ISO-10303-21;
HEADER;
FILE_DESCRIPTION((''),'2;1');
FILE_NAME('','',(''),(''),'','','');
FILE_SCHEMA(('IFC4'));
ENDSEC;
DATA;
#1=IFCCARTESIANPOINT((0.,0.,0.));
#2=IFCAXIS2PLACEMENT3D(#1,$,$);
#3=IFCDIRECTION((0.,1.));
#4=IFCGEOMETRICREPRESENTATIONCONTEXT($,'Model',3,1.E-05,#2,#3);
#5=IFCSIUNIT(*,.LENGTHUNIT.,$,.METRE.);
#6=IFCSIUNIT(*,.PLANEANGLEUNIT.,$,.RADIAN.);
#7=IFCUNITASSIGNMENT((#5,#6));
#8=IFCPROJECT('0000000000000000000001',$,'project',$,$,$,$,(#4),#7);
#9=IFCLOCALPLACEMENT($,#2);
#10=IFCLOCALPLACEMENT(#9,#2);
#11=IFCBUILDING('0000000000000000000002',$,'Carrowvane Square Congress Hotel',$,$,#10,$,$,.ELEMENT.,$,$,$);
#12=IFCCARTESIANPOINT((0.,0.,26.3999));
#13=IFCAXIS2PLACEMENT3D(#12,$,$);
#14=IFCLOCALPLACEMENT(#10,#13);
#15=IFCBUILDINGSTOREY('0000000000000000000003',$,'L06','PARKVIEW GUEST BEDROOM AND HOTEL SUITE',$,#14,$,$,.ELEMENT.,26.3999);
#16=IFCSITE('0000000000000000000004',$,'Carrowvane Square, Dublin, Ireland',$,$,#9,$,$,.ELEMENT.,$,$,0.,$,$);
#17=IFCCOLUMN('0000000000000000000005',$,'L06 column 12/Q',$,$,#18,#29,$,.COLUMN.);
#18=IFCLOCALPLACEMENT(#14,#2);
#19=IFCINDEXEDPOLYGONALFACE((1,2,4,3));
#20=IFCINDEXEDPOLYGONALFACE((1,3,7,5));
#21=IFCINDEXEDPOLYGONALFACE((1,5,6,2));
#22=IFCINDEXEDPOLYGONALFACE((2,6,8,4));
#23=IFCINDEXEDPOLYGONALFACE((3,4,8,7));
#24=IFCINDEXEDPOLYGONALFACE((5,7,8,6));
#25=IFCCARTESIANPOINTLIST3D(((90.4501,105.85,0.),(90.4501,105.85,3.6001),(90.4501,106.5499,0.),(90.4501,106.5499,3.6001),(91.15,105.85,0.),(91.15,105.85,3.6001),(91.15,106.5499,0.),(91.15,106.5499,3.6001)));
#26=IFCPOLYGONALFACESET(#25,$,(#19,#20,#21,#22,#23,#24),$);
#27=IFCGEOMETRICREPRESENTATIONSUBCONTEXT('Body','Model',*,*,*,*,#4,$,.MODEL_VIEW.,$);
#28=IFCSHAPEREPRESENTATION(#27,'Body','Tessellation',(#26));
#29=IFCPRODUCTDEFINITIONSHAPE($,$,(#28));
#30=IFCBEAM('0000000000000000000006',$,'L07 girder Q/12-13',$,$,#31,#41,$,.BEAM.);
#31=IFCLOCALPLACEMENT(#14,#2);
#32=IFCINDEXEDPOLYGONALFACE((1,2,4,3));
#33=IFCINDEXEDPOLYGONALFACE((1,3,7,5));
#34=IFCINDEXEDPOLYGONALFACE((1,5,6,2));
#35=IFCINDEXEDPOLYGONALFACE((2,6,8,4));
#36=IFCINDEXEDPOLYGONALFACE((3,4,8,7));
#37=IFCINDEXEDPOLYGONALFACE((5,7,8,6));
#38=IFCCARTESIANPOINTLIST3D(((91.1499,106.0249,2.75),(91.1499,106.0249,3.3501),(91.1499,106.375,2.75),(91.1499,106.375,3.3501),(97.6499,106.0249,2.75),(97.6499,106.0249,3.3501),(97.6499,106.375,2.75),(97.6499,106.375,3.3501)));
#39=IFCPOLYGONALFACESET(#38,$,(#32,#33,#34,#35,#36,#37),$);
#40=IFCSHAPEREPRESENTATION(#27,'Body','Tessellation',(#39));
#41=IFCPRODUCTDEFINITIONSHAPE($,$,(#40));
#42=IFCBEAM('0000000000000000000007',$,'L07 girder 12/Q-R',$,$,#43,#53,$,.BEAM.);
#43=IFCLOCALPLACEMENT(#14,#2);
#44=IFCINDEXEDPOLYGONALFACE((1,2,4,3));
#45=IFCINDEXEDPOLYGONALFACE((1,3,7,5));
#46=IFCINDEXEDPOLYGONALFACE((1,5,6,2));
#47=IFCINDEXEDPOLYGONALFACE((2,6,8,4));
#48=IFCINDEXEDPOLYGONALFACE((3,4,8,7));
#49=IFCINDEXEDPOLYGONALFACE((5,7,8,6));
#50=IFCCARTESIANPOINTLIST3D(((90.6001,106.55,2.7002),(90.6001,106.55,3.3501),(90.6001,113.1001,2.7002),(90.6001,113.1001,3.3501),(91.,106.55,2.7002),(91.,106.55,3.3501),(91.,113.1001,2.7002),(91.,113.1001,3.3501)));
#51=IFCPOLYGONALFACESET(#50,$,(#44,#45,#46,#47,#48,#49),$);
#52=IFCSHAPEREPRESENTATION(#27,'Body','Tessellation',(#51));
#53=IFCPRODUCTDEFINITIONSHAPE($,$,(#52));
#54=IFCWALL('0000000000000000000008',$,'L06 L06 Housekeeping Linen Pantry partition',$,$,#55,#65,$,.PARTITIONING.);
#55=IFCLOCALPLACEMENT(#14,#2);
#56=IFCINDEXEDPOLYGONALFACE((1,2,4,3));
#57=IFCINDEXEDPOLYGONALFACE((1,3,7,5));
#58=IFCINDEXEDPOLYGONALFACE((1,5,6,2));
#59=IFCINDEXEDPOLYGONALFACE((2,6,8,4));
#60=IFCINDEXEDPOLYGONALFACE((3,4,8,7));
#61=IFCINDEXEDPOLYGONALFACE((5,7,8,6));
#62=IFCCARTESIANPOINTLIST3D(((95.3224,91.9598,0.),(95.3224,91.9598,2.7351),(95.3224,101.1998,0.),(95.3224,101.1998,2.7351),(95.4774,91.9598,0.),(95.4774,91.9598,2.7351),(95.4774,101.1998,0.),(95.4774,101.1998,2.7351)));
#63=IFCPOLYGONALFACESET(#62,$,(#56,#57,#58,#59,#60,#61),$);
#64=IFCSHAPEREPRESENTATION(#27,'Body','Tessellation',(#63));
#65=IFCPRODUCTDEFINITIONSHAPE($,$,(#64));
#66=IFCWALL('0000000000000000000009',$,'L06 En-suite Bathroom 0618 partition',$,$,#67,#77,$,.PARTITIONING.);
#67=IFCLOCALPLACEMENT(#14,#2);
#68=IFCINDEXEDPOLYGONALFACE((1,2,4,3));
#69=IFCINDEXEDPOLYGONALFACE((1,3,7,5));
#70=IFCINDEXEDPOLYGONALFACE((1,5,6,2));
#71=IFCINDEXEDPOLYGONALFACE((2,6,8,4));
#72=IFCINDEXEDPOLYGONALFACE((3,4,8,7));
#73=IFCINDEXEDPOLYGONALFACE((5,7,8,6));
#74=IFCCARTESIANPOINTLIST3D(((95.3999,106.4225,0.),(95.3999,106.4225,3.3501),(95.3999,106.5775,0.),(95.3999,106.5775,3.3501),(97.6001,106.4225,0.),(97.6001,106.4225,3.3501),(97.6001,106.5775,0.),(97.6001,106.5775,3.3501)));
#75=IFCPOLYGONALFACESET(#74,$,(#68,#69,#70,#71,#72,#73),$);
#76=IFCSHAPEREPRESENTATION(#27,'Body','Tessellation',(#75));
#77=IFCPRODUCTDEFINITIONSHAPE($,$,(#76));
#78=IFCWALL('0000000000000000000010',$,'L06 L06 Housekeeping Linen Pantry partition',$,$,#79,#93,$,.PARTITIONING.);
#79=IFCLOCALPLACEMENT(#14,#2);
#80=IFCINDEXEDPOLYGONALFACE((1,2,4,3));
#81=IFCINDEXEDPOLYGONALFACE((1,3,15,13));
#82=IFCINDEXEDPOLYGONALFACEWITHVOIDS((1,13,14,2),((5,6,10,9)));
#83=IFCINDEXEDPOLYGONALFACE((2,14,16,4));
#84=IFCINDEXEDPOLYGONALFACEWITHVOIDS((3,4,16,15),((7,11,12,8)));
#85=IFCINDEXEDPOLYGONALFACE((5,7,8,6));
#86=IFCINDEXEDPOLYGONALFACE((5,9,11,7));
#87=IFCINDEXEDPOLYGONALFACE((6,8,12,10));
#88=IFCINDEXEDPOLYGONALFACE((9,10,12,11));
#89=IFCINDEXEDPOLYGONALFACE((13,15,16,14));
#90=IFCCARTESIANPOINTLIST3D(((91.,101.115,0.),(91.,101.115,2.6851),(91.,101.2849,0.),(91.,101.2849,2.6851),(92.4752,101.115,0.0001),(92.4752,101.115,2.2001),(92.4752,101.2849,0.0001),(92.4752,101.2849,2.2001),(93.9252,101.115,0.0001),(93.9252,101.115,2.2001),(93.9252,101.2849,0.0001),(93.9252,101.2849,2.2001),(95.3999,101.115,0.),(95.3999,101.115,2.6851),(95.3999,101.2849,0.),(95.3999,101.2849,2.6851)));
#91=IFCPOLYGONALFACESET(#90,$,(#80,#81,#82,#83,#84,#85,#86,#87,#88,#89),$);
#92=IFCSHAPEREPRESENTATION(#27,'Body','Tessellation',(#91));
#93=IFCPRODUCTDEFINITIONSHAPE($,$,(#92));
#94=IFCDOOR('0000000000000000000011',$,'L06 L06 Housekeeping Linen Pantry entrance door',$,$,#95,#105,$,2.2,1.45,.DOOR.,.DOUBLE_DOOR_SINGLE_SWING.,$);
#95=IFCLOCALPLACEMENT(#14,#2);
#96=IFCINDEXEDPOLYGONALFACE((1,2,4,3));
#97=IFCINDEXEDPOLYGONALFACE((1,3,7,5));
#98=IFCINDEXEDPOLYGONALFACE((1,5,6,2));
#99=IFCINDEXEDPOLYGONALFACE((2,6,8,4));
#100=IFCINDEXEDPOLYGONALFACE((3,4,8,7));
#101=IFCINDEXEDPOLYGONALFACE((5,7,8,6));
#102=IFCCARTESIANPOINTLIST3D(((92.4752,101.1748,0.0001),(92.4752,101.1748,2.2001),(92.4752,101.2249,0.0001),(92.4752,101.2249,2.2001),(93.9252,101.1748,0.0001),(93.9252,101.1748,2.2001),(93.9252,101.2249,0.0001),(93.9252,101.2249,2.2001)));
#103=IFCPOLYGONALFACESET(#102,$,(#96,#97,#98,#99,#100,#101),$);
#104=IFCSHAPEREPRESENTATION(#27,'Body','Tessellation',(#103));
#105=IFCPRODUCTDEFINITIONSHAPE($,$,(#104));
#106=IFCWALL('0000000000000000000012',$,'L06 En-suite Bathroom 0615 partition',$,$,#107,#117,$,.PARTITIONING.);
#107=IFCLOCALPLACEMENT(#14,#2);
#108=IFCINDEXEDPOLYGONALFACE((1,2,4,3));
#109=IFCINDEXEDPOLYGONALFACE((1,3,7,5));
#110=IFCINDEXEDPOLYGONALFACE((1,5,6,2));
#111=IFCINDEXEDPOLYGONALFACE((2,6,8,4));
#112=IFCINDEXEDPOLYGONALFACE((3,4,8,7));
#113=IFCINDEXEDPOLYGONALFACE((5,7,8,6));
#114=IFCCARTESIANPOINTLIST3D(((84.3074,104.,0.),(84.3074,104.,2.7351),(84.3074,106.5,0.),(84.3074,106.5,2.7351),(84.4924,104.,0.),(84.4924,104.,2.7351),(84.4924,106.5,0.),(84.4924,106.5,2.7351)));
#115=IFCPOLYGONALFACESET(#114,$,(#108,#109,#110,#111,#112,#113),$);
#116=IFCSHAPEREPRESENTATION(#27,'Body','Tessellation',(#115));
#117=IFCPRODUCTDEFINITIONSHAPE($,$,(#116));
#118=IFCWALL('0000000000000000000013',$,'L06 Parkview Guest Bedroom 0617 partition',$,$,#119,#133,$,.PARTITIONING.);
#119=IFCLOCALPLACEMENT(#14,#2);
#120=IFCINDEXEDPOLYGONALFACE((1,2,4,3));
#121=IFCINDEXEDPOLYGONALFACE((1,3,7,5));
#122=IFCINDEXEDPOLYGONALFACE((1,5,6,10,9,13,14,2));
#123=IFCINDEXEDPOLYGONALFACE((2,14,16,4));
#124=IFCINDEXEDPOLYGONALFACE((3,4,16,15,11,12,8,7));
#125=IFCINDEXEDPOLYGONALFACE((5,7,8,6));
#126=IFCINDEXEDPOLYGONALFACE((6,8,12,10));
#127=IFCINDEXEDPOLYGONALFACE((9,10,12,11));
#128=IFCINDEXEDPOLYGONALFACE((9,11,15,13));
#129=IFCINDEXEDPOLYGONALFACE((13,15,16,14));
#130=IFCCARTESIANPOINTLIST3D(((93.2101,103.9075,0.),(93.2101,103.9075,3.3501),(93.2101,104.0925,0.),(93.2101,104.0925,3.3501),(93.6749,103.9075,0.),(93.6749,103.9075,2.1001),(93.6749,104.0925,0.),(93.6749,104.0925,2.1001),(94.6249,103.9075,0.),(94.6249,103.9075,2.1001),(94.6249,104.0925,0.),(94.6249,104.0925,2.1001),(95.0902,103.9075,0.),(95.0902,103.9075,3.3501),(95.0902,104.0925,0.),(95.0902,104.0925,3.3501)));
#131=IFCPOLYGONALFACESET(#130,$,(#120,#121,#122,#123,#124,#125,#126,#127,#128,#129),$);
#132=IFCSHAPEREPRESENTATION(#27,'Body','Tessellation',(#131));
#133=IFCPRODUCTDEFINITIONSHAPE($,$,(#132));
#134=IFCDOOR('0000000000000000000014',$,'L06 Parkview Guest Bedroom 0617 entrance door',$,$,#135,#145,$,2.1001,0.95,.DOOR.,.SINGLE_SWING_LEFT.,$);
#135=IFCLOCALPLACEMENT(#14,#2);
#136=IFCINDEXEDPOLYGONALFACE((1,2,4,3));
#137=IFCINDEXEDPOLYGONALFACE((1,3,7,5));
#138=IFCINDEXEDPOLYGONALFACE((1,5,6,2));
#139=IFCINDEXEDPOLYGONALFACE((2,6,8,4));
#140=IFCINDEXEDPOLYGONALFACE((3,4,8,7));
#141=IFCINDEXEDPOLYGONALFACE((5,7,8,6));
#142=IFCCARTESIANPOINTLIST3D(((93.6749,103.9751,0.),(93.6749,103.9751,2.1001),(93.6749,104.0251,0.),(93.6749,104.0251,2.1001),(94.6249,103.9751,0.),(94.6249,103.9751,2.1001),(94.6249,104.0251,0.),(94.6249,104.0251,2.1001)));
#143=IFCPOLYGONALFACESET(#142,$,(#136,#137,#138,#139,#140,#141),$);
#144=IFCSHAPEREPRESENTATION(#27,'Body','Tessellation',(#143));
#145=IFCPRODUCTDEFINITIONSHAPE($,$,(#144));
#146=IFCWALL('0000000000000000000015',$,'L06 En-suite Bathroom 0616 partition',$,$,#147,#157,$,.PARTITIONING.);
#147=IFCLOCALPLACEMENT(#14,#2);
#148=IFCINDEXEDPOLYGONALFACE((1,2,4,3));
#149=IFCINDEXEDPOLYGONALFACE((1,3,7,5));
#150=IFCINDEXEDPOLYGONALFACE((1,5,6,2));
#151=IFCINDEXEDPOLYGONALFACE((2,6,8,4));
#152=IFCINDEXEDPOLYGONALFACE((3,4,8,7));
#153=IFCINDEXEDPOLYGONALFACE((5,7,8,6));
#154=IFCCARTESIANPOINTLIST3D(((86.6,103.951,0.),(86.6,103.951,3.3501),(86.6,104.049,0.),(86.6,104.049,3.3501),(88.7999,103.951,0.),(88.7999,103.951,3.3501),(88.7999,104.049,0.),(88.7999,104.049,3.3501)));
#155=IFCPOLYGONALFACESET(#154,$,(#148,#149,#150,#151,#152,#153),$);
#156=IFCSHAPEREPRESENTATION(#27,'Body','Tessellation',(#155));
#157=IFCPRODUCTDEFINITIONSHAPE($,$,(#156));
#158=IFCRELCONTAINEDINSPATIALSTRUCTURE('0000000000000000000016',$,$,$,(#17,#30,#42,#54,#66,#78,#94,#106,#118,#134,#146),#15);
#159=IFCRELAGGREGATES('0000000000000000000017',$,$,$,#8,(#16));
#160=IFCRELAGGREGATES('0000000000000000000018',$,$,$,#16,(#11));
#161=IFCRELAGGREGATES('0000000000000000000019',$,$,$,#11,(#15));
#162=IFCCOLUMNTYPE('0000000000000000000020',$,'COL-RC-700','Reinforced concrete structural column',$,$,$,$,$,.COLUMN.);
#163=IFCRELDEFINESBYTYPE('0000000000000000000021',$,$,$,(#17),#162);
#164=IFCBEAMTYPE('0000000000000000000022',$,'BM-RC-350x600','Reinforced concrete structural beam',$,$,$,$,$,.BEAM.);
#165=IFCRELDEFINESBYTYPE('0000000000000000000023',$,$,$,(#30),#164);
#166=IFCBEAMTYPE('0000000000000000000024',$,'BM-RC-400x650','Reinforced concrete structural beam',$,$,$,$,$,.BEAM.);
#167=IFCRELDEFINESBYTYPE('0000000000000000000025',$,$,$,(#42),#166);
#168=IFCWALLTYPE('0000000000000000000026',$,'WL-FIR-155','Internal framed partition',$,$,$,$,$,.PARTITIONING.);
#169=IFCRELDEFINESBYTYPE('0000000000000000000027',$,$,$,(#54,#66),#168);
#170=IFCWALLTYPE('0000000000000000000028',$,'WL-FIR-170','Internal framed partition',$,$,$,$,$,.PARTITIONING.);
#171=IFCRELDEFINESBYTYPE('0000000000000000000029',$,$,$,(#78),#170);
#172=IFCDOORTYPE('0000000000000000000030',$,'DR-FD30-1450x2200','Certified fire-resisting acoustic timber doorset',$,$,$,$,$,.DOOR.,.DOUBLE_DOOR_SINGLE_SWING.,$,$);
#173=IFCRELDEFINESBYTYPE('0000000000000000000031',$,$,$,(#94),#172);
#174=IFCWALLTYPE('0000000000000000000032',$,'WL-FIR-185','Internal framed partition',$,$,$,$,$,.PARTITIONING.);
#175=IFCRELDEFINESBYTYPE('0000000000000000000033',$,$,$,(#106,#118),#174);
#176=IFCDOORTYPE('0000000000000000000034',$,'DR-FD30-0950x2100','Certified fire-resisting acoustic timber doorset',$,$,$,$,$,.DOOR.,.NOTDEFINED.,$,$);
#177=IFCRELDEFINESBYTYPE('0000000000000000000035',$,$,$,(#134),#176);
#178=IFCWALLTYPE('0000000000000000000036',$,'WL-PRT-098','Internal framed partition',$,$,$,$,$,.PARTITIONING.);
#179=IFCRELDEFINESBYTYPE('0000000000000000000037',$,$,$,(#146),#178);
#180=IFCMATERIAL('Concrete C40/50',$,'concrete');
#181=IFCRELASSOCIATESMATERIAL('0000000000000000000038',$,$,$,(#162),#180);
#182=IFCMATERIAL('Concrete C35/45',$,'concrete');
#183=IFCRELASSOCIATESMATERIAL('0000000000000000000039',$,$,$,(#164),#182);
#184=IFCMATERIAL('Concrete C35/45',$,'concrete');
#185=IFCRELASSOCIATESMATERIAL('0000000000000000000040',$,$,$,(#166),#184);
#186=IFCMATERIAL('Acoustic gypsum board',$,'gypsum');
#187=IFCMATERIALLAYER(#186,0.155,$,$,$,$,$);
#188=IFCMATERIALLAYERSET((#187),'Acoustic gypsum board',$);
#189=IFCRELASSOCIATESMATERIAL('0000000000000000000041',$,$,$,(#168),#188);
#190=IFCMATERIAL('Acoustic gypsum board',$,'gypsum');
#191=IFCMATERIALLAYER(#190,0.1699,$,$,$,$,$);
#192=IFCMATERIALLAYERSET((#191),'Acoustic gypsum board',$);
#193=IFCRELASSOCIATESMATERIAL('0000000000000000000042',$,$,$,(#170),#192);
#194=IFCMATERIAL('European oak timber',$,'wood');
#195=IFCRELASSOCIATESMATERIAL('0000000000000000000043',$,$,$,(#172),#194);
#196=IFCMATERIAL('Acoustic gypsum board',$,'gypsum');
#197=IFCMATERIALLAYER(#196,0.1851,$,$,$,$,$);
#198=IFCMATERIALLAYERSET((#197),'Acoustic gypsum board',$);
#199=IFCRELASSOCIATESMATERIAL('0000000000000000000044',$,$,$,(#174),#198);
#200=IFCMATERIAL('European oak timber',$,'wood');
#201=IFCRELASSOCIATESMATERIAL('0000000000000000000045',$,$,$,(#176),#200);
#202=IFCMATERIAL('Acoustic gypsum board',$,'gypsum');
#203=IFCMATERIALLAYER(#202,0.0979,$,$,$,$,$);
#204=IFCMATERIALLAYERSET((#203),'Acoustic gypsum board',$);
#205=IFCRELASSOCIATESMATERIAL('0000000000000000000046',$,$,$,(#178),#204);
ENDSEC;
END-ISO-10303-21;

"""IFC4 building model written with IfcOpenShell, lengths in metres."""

from ifc_helpers import new_model, si_unit, direction, frame, frame_2d, origin, origin_2d, place, context, subcontext, project, spatial, rectangle, extrude, material, layer, layer_set, material_profile, profile_set, type_object, element, fill, save


model = new_model("IFC4")

# Units and contexts
model_context = context("Model", 3, precision=1e-05, world=origin(), true_north=direction((0.0, 1.0)))
body_context = subcontext(model_context, "Body", "Model", "MODEL_VIEW")
ifc_project = project(units=[si_unit("LENGTHUNIT", "METRE"), si_unit("PLANEANGLEUNIT", "RADIAN")], contexts=[model_context])

# Site, building, storey
site_placement = place(None, origin())
site = spatial("IfcSite", under=ifc_project, at=site_placement, Name="Carrowvane Square, Dublin, Ireland", CompositionType="ELEMENT", RefElevation=0.0)
building_placement = place(site_placement, origin())
building = spatial("IfcBuilding", under=site, at=building_placement, Name="Carrowvane Square Congress Hotel", CompositionType="ELEMENT")
storey_placement = place(building_placement, frame((0.0, 0.0, 26.3999)))
storey = spatial("IfcBuildingStorey", under=building, at=storey_placement, Name="L06", Description="PARKVIEW GUEST BEDROOM AND HOTEL SUITE", CompositionType="ELEMENT", Elevation=26.3999)

# Column
ifc_material_1 = material(Name="Concrete C40/50", Category="concrete")
ifc_material_profile_1 = material_profile(ifc_material_1, rectangle(XDim=0.7, YDim=0.7, at=origin_2d()), Name="RC 700x700")
ifc_profile_set_1 = profile_set([ifc_material_profile_1], Name="Concrete C40/50")
column_type = type_object("IfcColumnType", Name="COL-RC-700", Description="Reinforced concrete structural column", PredefinedType="COLUMN", material=ifc_profile_set_1)
column_placement = place(storey_placement, frame((90.8, 106.2, 0.0), z_axis=(0.0, 0.0, 1.0), x_axis=(1.0, 0.0, 0.0)))
element("IfcColumn", 1, at=column_placement, inside=storey, type_object=column_type, Name="L06 column 12/Q", PredefinedType="COLUMN", context=body_context, shape_type="SweptSolid", body=[
    extrude(rectangle(XDim=0.7, YDim=0.7, at=origin_2d()), origin(), (0.0, 0.0, 1.0), 3.6001),
])

# Beams
ifc_material_2 = material(Name="Concrete C35/45", Category="concrete")
ifc_material_profile_2 = material_profile(ifc_material_2, rectangle(XDim=0.3501, YDim=0.6001, at=origin_2d()), Name="RC 350x600")
ifc_profile_set_2 = profile_set([ifc_material_profile_2], Name="Concrete C35/45")
beam_type_1 = type_object("IfcBeamType", Name="BM-RC-350x600", Description="Reinforced concrete structural beam", PredefinedType="BEAM", material=ifc_profile_set_2)
beam_1_placement = place(storey_placement, frame((91.1499, 106.2, 3.05), z_axis=(1.0, 0.0, 0.0), x_axis=(0.0, 1.0, 0.0)))
element("IfcBeam", 2, at=beam_1_placement, inside=storey, type_object=beam_type_1, Name="L07 girder Q/12-13", PredefinedType="BEAM", context=body_context, shape_type="SweptSolid", body=[
    extrude(rectangle(XDim=0.3501, YDim=0.6001, at=origin_2d()), origin(), (0.0, 0.0, 1.0), 6.5),
])
ifc_material_3 = material(Name="Concrete C35/45", Category="concrete")
ifc_material_profile_3 = material_profile(ifc_material_3, rectangle(XDim=0.3999, YDim=0.6499, at=origin_2d()), Name="RC 400x650")
ifc_profile_set_3 = profile_set([ifc_material_profile_3], Name="Concrete C35/45")
beam_type_2 = type_object("IfcBeamType", Name="BM-RC-400x650", Description="Reinforced concrete structural beam", PredefinedType="BEAM", material=ifc_profile_set_3)
beam_2_placement = place(storey_placement, frame((90.8, 106.55, 3.0251), z_axis=(0.0, 1.0, 0.0), x_axis=(-1.0, 0.0, 0.0)))
element("IfcBeam", 3, at=beam_2_placement, inside=storey, type_object=beam_type_2, Name="L07 girder 12/Q-R", PredefinedType="BEAM", context=body_context, shape_type="SweptSolid", body=[
    extrude(rectangle(XDim=0.3999, YDim=0.6499, at=origin_2d()), origin(), (0.0, 0.0, 1.0), 6.55),
])

# Walls
ifc_material_4 = material(Name="Acoustic gypsum board", Category="gypsum")
ifc_layer_1 = layer(ifc_material_4, 0.155)
ifc_layer_set_1 = layer_set([ifc_layer_1], Name="Acoustic gypsum board")
wall_type_1 = type_object("IfcWallType", Name="WL-FIR-155", Description="Internal framed partition", PredefinedType="PARTITIONING", material=ifc_layer_set_1)
wall_1_placement = place(storey_placement, frame((95.3999, 101.2, 0.0), z_axis=(0.0, 0.0, 1.0), x_axis=(0.0, -1.0, 0.0)))
element("IfcWall", 4, at=wall_1_placement, inside=storey, type_object=wall_type_1, Name="L06 L06 Housekeeping Linen Pantry partition", PredefinedType="PARTITIONING", context=body_context, shape_type="SweptSolid", body=[
    extrude(rectangle(XDim=9.24, YDim=0.155, at=frame_2d((4.6201, 0.0))), origin(), (0.0, 0.0, 1.0), 2.7351),
])
wall_2_placement = place(storey_placement, frame((95.3999, 106.5, 0.0), z_axis=(0.0, 0.0, 1.0), x_axis=(1.0, 0.0, 0.0)))
element("IfcWall", 5, at=wall_2_placement, inside=storey, type_object=wall_type_1, Name="L06 En-suite Bathroom 0618 partition", PredefinedType="PARTITIONING", context=body_context, shape_type="SweptSolid", body=[
    extrude(rectangle(XDim=2.2002, YDim=0.155, at=frame_2d((1.1001, 0.0))), origin(), (0.0, 0.0, 1.0), 3.3501),
])

# Wall, opening, door
ifc_material_5 = material(Name="Acoustic gypsum board", Category="gypsum")
ifc_layer_2 = layer(ifc_material_5, 0.1699)
ifc_layer_set_2 = layer_set([ifc_layer_2], Name="Acoustic gypsum board")
wall_type_2 = type_object("IfcWallType", Name="WL-FIR-170", Description="Internal framed partition", PredefinedType="PARTITIONING", material=ifc_layer_set_2)
wall_3_placement = place(storey_placement, frame((91.0, 101.2, 0.0), z_axis=(0.0, 0.0, 1.0), x_axis=(1.0, 0.0, 0.0)))
wall_3 = element("IfcWall", 6, at=wall_3_placement, inside=storey, type_object=wall_type_2, Name="L06 L06 Housekeeping Linen Pantry partition", PredefinedType="PARTITIONING", context=body_context, shape_type="SweptSolid", body=[
    extrude(rectangle(XDim=4.3999, YDim=0.1699, at=frame_2d((2.2, 0.0))), origin(), (0.0, 0.0, 1.0), 2.6851),
])
opening_1_placement = place(wall_3_placement, frame((1.4751, 0.0, 0.0)))
opening_1 = element("IfcOpeningElement", 7, at=opening_1_placement, cuts=wall_3, PredefinedType="OPENING", context=body_context, shape_type="SweptSolid", body=[
    extrude(rectangle(XDim=1.45, YDim=2.2, at=frame_2d((0.7251, 1.1001))), frame((0.0, 0.095, 0.0), z_axis=(0.0, -1.0, 0.0), x_axis=(1.0, 0.0, 0.0)), (0.0, 0.0, 1.0), 0.1899),
])
ifc_material_6 = material(Name="European oak timber", Category="wood")
door_type_1 = type_object("IfcDoorType", Name="DR-FD30-1450x2200", Description="Certified fire-resisting acoustic timber doorset", OperationType="DOUBLE_DOOR_SINGLE_SWING", PredefinedType="DOOR", material=ifc_material_6)
door_1_placement = place(opening_1_placement, origin())
door_1 = element("IfcDoor", 8, at=door_1_placement, inside=storey, type_object=door_type_1, Name="L06 L06 Housekeeping Linen Pantry entrance door", OperationType="DOUBLE_DOOR_SINGLE_SWING", OverallHeight=2.2, OverallWidth=1.45, PredefinedType="DOOR", context=body_context, shape_type="SweptSolid", body=[
    extrude(rectangle(XDim=1.45, YDim=2.2, at=frame_2d((0.7251, 1.1001))), frame((0.0, 0.0249, 0.0), z_axis=(0.0, -1.0, 0.0), x_axis=(1.0, 0.0, 0.0)), (0.0, 0.0, 1.0), 0.05),
])
fill(opening_1, door_1)

# Wall
ifc_material_7 = material(Name="Acoustic gypsum board", Category="gypsum")
ifc_layer_3 = layer(ifc_material_7, 0.1851)
ifc_layer_set_3 = layer_set([ifc_layer_3], Name="Acoustic gypsum board")
wall_type_3 = type_object("IfcWallType", Name="WL-FIR-185", Description="Internal framed partition", PredefinedType="PARTITIONING", material=ifc_layer_set_3)
wall_4_placement = place(storey_placement, frame((84.3999, 106.5, 0.0), z_axis=(0.0, 0.0, 1.0), x_axis=(0.0, -1.0, 0.0)))
element("IfcWall", 9, at=wall_4_placement, inside=storey, type_object=wall_type_3, Name="L06 En-suite Bathroom 0615 partition", PredefinedType="PARTITIONING", context=body_context, shape_type="SweptSolid", body=[
    extrude(rectangle(XDim=2.5, YDim=0.1851, at=frame_2d((1.25, 0.0))), origin(), (0.0, 0.0, 1.0), 2.7351),
])

# Wall, opening, door
wall_5_placement = place(storey_placement, frame((95.0901, 104.0, 0.0), z_axis=(0.0, 0.0, 1.0), x_axis=(-1.0, 0.0, 0.0)))
wall_5 = element("IfcWall", 10, at=wall_5_placement, inside=storey, type_object=wall_type_3, Name="L06 Parkview Guest Bedroom 0617 partition", PredefinedType="PARTITIONING", context=body_context, shape_type="SweptSolid", body=[
    extrude(rectangle(XDim=1.8801, YDim=0.1851, at=frame_2d((0.9399, 0.0))), origin(), (0.0, 0.0, 1.0), 3.3501),
])
opening_2_placement = place(wall_5_placement, frame((0.4651, 0.0, 0.0)))
opening_2 = element("IfcOpeningElement", 11, at=opening_2_placement, cuts=wall_5, PredefinedType="OPENING", context=body_context, shape_type="SweptSolid", body=[
    extrude(rectangle(XDim=0.95, YDim=2.1001, at=frame_2d((0.4751, 1.05))), frame((0.0, 0.1025, 0.0), z_axis=(0.0, -1.0, 0.0), x_axis=(1.0, 0.0, 0.0)), (0.0, 0.0, 1.0), 0.2051),
])
ifc_material_8 = material(Name="European oak timber", Category="wood")
door_type_2 = type_object("IfcDoorType", Name="DR-FD30-0950x2100", Description="Certified fire-resisting acoustic timber doorset", OperationType="NOTDEFINED", PredefinedType="DOOR", material=ifc_material_8)
door_2_placement = place(opening_2_placement, origin())
door_2 = element("IfcDoor", 12, at=door_2_placement, inside=storey, type_object=door_type_2, Name="L06 Parkview Guest Bedroom 0617 entrance door", OperationType="SINGLE_SWING_LEFT", OverallHeight=2.1001, OverallWidth=0.95, PredefinedType="DOOR", context=body_context, shape_type="SweptSolid", body=[
    extrude(rectangle(XDim=0.95, YDim=2.1001, at=frame_2d((0.4751, 1.05))), frame((0.0, 0.0249, 0.0), z_axis=(0.0, -1.0, 0.0), x_axis=(1.0, 0.0, 0.0)), (0.0, 0.0, 1.0), 0.05),
])
fill(opening_2, door_2)

# Wall
ifc_material_9 = material(Name="Acoustic gypsum board", Category="gypsum")
ifc_layer_4 = layer(ifc_material_9, 0.0979)
ifc_layer_set_4 = layer_set([ifc_layer_4], Name="Acoustic gypsum board")
wall_type_4 = type_object("IfcWallType", Name="WL-PRT-098", Description="Internal framed partition", PredefinedType="PARTITIONING", material=ifc_layer_set_4)
wall_6_placement = place(storey_placement, frame((88.8, 104.0, 0.0), z_axis=(0.0, 0.0, 1.0), x_axis=(-1.0, 0.0, 0.0)))
element("IfcWall", 13, at=wall_6_placement, inside=storey, type_object=wall_type_4, Name="L06 En-suite Bathroom 0616 partition", PredefinedType="PARTITIONING", context=body_context, shape_type="SweptSolid", body=[
    extrude(rectangle(XDim=2.2, YDim=0.0979, at=frame_2d((1.1001, 0.0))), origin(), (0.0, 0.0, 1.0), 3.3501),
])

save(model, "model.ifc")
